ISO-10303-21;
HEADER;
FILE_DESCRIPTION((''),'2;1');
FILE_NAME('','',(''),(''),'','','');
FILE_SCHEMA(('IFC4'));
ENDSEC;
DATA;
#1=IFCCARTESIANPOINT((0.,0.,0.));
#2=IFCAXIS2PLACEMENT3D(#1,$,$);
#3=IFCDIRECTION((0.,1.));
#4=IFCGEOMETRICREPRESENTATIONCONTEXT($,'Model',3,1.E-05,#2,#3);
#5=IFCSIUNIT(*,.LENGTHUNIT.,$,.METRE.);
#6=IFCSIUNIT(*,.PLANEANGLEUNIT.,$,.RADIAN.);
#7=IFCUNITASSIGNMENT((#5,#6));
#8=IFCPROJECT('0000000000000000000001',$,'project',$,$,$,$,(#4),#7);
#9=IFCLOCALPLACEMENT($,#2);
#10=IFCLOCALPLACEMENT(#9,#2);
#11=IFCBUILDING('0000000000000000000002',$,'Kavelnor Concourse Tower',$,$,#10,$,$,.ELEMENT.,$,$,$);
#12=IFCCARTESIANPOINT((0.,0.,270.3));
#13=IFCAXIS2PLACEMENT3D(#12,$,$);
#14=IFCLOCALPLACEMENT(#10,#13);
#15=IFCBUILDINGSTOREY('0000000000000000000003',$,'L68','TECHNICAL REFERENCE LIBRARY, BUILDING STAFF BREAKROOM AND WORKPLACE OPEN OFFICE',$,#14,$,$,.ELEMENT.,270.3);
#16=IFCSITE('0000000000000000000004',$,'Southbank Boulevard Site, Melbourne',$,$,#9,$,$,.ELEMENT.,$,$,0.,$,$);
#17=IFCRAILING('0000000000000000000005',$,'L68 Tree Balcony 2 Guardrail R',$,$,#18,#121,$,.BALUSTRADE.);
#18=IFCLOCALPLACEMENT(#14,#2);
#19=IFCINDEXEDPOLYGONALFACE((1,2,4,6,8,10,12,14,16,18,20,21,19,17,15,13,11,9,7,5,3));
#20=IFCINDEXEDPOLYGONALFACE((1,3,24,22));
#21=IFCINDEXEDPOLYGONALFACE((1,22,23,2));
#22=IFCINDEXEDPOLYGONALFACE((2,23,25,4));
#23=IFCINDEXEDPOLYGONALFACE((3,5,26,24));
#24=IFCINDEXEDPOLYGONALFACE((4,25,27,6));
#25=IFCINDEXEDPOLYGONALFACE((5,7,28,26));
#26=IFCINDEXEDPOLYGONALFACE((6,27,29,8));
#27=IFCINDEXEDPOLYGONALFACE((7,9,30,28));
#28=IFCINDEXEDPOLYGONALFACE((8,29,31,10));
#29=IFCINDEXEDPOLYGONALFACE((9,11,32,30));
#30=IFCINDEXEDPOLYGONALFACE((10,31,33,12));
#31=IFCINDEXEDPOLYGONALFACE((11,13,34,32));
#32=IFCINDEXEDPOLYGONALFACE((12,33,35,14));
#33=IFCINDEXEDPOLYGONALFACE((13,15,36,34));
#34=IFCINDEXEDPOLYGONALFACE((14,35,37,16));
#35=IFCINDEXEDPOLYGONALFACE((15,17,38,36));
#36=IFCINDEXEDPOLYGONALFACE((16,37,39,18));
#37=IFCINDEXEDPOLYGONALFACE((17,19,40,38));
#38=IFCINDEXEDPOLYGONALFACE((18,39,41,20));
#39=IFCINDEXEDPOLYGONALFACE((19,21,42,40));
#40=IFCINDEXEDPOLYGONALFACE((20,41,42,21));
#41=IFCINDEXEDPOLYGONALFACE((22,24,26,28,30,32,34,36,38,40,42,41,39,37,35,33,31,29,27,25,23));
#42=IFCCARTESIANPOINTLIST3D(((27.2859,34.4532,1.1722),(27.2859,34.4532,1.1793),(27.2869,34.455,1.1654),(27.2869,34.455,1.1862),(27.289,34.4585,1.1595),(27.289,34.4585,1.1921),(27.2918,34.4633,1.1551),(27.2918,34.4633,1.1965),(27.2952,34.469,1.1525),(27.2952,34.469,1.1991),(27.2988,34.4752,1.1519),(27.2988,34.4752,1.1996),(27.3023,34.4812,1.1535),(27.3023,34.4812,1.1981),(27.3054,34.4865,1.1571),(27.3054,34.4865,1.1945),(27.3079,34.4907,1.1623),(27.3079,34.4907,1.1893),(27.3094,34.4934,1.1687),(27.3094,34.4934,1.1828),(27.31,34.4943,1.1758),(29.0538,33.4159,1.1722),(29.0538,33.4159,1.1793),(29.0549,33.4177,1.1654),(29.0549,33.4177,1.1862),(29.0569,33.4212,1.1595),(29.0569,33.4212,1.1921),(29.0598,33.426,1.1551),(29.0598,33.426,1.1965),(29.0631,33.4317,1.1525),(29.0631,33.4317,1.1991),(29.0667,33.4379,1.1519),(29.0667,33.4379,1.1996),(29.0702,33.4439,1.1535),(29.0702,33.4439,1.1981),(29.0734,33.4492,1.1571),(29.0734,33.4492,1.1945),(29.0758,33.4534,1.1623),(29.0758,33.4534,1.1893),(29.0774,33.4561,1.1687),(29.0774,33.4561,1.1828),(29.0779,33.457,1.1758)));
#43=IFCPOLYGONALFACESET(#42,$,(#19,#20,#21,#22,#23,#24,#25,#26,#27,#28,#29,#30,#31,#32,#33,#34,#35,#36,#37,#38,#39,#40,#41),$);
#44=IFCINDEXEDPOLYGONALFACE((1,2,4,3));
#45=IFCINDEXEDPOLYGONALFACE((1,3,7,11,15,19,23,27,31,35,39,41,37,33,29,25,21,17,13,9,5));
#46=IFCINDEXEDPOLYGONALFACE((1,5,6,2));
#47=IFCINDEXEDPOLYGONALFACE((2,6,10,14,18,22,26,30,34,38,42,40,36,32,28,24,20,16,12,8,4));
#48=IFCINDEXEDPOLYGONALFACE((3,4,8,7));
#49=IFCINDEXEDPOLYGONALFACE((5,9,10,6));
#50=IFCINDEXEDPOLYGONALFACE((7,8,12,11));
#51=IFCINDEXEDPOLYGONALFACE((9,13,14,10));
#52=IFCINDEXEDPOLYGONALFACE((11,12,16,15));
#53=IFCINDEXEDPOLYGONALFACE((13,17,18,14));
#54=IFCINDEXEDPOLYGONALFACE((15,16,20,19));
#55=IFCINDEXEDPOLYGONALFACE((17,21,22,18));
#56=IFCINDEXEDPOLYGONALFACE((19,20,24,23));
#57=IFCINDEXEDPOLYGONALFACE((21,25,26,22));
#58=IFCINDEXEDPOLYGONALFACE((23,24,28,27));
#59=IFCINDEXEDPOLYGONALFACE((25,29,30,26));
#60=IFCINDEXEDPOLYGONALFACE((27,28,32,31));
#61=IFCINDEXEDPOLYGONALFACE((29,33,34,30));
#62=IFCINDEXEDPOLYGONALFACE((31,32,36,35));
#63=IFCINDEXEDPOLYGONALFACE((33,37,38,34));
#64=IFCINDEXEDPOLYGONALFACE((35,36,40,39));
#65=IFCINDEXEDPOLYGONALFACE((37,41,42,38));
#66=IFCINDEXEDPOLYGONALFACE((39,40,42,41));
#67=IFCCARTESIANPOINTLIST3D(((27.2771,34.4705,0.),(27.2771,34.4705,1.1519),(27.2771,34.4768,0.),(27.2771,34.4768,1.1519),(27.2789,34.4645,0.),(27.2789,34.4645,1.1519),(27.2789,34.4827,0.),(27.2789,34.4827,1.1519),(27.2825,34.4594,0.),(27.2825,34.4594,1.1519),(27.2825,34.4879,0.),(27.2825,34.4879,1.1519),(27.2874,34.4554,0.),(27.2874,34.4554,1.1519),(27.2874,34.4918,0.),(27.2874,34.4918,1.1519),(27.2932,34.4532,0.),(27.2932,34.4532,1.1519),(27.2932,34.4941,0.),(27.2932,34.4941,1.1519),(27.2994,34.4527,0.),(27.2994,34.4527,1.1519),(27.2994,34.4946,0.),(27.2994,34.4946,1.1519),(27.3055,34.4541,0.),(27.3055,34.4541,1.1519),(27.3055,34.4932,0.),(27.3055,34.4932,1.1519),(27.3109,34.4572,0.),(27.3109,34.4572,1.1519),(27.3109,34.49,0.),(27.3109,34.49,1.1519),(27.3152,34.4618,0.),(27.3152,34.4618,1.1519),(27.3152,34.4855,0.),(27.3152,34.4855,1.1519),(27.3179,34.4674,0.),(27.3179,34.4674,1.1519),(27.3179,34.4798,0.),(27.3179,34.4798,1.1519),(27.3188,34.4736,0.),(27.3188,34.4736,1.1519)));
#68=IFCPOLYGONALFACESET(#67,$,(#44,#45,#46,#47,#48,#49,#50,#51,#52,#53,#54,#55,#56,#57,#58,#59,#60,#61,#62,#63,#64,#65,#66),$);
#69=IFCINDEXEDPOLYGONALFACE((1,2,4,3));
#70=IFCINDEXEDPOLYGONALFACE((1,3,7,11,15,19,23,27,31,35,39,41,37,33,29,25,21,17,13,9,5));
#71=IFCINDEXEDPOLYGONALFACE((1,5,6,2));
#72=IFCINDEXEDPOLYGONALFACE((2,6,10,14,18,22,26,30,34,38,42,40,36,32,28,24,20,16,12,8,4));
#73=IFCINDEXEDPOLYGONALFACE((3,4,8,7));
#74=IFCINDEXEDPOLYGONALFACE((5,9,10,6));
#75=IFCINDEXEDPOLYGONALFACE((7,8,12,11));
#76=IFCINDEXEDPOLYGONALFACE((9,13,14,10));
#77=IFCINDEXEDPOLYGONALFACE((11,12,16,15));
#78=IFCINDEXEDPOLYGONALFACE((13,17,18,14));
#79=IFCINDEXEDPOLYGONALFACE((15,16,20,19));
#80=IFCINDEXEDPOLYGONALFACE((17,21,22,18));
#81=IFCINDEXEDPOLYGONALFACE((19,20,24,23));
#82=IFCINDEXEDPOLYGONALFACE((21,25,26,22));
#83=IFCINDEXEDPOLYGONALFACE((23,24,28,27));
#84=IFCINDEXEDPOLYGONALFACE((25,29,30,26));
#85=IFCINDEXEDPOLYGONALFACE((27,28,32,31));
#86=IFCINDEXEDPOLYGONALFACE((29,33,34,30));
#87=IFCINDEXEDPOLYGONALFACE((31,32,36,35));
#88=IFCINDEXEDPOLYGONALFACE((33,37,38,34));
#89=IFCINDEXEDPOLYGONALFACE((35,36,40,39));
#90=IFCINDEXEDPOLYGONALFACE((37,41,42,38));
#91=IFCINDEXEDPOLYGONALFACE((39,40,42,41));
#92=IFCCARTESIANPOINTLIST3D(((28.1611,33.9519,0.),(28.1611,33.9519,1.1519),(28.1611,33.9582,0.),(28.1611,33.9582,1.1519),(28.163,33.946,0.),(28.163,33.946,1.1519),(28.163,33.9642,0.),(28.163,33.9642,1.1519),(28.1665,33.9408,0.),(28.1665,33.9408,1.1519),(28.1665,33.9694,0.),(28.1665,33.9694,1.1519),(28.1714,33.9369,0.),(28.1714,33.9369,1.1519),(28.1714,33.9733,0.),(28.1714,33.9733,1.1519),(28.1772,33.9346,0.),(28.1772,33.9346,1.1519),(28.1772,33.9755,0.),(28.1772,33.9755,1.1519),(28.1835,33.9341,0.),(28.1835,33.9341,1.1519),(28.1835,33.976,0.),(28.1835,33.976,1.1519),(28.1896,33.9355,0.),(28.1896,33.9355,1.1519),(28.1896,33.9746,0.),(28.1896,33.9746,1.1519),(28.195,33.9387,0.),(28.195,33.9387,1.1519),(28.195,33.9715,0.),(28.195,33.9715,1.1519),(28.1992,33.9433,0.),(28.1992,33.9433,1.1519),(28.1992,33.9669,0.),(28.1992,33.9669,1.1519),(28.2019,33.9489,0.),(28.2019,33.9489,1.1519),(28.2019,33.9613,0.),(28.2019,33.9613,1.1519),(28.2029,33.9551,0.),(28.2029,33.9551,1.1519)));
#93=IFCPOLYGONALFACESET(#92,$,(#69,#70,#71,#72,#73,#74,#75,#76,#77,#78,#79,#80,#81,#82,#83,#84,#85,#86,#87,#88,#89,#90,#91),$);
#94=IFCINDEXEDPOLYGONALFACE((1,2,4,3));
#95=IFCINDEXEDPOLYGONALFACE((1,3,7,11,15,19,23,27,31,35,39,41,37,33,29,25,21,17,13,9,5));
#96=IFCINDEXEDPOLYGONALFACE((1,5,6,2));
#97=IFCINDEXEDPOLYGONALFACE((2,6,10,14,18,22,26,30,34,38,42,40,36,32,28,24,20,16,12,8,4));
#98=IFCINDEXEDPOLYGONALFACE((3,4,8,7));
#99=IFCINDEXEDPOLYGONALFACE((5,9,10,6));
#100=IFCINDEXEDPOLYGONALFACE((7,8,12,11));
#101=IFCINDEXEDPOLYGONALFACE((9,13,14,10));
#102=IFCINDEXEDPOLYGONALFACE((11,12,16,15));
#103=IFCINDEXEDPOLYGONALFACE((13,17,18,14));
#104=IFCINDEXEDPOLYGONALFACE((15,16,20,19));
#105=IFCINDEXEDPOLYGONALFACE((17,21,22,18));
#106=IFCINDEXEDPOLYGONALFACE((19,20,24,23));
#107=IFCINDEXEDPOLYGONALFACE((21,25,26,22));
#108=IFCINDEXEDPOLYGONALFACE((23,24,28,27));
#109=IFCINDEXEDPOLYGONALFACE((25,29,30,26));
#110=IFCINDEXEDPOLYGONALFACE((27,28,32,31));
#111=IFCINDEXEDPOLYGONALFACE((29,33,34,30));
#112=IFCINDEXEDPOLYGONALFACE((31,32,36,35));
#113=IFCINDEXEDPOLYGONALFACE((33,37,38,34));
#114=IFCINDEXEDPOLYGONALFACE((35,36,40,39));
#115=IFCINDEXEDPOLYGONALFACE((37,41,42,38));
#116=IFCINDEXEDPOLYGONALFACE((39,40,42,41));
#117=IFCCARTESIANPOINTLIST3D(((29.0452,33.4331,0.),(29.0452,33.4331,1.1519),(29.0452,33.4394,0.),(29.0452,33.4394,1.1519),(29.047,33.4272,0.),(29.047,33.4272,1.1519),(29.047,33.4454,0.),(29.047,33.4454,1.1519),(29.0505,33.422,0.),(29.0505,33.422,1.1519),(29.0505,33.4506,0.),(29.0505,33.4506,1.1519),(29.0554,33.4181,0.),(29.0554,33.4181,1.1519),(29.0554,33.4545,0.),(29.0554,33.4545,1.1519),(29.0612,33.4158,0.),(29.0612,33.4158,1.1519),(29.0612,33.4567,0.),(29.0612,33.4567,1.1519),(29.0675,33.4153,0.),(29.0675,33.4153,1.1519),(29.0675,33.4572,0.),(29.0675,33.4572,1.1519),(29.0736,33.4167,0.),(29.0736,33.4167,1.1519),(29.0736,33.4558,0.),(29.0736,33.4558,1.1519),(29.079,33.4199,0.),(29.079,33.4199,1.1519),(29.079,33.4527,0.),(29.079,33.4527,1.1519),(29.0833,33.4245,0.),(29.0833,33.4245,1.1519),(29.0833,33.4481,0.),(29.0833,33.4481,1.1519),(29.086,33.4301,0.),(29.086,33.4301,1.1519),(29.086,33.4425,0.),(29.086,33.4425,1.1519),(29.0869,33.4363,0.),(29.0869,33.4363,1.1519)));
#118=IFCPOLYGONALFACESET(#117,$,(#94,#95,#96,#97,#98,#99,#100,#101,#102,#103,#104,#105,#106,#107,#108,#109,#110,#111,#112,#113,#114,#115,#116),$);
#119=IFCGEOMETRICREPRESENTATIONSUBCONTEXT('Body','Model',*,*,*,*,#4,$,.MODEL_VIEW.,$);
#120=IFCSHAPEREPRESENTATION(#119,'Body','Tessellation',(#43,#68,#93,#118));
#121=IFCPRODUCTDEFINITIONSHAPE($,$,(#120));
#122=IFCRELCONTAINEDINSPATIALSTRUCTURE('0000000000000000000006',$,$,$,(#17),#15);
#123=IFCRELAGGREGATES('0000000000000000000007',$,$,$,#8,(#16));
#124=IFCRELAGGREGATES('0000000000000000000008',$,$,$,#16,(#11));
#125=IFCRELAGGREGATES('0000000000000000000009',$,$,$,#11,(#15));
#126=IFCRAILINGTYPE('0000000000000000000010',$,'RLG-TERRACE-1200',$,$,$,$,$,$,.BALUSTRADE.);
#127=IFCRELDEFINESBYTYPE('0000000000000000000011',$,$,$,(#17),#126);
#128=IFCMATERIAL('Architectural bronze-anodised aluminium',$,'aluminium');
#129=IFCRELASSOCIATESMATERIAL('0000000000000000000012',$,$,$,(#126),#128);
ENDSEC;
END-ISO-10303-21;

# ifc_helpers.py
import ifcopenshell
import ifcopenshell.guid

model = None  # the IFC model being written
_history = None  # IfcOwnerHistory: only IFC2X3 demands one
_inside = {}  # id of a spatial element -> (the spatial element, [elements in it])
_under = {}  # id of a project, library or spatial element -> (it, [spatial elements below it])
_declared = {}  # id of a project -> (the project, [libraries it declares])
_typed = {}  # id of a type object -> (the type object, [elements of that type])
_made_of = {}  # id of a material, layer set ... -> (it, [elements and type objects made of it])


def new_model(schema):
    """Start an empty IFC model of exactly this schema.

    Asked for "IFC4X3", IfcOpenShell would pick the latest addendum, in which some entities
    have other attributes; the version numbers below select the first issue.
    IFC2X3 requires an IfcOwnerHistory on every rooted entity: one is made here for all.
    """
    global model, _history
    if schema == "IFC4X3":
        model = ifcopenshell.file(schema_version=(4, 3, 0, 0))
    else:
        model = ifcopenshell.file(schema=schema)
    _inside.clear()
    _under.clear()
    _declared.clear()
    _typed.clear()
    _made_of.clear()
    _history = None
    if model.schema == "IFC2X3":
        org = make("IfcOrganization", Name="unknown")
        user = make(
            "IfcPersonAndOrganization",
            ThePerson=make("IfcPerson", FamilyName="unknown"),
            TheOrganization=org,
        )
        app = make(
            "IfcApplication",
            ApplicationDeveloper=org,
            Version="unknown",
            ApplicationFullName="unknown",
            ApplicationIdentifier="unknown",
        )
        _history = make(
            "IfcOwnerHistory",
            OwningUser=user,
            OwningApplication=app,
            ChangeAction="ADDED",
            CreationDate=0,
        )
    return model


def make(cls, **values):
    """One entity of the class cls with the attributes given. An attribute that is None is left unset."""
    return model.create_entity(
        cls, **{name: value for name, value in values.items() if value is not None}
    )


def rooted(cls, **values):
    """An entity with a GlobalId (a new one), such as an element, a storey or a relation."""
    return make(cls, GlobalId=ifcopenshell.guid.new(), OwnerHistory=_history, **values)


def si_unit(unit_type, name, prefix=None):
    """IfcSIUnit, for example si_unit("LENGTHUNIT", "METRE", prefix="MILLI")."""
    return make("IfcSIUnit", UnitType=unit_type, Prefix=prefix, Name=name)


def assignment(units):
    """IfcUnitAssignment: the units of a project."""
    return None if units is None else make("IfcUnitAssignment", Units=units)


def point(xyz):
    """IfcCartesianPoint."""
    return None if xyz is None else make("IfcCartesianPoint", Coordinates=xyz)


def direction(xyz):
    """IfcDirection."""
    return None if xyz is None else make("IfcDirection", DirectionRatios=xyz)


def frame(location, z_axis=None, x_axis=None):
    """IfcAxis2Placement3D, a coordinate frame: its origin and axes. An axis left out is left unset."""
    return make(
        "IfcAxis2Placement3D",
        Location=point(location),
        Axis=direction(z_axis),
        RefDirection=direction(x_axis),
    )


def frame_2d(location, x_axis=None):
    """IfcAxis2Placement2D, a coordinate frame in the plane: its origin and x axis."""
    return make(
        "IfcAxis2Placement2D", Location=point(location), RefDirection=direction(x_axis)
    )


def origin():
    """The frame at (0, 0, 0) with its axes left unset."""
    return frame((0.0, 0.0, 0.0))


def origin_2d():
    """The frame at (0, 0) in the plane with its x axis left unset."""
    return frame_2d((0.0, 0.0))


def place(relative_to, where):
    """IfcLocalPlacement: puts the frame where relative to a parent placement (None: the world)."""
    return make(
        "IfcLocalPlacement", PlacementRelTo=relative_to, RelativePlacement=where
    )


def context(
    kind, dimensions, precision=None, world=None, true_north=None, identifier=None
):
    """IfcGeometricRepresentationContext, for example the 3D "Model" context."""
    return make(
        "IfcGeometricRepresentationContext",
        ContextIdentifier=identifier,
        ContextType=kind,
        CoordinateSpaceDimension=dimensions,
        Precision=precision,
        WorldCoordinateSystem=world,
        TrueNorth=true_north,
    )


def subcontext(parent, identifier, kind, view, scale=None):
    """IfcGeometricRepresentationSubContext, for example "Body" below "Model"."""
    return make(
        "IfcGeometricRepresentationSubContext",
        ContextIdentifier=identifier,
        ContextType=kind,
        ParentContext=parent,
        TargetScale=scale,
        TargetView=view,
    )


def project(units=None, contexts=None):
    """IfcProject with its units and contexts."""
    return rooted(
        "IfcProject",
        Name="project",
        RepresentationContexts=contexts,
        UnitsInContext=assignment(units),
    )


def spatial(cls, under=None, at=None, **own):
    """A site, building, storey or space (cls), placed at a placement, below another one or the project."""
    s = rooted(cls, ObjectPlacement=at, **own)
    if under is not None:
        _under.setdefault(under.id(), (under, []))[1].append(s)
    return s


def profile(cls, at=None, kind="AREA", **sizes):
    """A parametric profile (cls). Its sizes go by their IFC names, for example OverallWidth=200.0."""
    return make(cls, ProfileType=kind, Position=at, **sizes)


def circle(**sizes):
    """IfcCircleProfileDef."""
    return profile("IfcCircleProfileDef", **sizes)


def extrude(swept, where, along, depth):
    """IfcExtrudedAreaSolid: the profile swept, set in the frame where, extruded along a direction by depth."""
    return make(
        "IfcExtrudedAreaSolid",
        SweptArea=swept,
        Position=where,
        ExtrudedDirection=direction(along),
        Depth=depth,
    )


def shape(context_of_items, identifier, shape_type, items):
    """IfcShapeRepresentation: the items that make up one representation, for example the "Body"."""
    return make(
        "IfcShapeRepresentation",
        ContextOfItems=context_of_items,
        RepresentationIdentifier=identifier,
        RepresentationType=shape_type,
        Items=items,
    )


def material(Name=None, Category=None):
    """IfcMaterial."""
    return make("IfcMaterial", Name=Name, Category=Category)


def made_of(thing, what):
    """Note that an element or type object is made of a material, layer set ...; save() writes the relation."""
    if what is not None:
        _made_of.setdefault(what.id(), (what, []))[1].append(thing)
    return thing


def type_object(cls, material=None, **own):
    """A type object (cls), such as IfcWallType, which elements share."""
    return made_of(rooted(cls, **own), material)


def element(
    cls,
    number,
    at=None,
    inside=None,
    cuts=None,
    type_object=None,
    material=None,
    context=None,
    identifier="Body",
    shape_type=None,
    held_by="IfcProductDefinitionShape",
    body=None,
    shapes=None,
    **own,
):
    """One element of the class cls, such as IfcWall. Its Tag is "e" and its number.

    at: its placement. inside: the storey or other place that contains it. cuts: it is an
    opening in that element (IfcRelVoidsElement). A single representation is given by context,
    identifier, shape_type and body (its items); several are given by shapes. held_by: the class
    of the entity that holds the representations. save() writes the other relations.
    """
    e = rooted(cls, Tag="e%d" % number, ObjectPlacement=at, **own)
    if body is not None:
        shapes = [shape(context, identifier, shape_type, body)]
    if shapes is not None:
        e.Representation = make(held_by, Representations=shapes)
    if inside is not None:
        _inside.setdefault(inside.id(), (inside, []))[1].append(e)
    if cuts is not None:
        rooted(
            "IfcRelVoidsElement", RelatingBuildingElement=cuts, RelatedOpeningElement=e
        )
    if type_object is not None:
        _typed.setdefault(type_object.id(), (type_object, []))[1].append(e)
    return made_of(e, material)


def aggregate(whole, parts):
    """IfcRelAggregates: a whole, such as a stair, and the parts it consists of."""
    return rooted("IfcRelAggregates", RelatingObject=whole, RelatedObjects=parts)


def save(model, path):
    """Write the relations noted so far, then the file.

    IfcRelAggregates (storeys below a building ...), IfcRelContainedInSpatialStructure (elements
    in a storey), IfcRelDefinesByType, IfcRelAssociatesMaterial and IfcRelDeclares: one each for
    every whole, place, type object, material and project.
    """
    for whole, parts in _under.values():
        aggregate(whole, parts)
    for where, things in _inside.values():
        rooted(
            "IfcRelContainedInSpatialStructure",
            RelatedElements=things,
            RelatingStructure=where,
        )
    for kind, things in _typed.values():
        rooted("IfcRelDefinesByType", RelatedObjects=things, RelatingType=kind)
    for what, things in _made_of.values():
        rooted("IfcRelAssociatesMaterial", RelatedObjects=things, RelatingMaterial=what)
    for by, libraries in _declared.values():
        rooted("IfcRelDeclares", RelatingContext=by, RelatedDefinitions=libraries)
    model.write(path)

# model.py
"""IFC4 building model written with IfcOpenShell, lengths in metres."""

from ifc_helpers import new_model, si_unit, direction, frame, origin, origin_2d, place, context, subcontext, project, spatial, circle, extrude, material, type_object, element, save


model = new_model("IFC4")

# Units and contexts
model_context = context("Model", 3, precision=1e-05, world=origin(), true_north=direction((0.0, 1.0)))
body_context = subcontext(model_context, "Body", "Model", "MODEL_VIEW")
ifc_project = project(units=[si_unit("LENGTHUNIT", "METRE"), si_unit("PLANEANGLEUNIT", "RADIAN")], contexts=[model_context])

# Site, building, storey
site_placement = place(None, origin())
site = spatial("IfcSite", under=ifc_project, at=site_placement, Name="Southbank Boulevard Site, Melbourne", CompositionType="ELEMENT", RefElevation=0.0)
building_placement = place(site_placement, origin())
building = spatial("IfcBuilding", under=site, at=building_placement, Name="Kavelnor Concourse Tower", CompositionType="ELEMENT")
storey_placement = place(building_placement, frame((0.0, 0.0, 270.3)))
storey = spatial("IfcBuildingStorey", under=building, at=storey_placement, Name="L68", Description="TECHNICAL REFERENCE LIBRARY, BUILDING STAFF BREAKROOM AND WORKPLACE OPEN OFFICE", CompositionType="ELEMENT", Elevation=270.3)

# Railing
ifc_material_1 = material(Name="Architectural bronze-anodised aluminium", Category="aluminium")
railing_type = type_object("IfcRailingType", Name="RLG-TERRACE-1200", PredefinedType="BALUSTRADE", material=ifc_material_1)
railing_1_placement = place(storey_placement, frame((27.2979, 34.4736, 0.0)))
element("IfcRailing", 1, at=railing_1_placement, inside=storey, type_object=railing_type, Name="L68 Tree Balcony 2 Guardrail R", PredefinedType="BALUSTRADE", context=body_context, shape_type="SweptSolid", body=[
    extrude(circle(Radius=0.0239, at=origin_2d()), frame((0.0, 0.0, 1.1758), z_axis=(0.862506, -0.506047, 0.0), x_axis=(0.506047, 0.862506, 0.0)), (0.0, 0.0, 1.0), 2.0498),
    extrude(circle(Radius=0.021, at=origin_2d()), origin(), (0.0, 0.0, 1.0), 1.1519),
    extrude(circle(Radius=0.021, at=origin_2d()), frame((0.884, -0.5186, 0.0)), (0.0, 0.0, 1.0), 1.1519),
    extrude(circle(Radius=0.021, at=origin_2d()), frame((1.7681, -1.0374, 0.0)), (0.0, 0.0, 1.0), 1.1519),
])

save(model, "model.ifc")
